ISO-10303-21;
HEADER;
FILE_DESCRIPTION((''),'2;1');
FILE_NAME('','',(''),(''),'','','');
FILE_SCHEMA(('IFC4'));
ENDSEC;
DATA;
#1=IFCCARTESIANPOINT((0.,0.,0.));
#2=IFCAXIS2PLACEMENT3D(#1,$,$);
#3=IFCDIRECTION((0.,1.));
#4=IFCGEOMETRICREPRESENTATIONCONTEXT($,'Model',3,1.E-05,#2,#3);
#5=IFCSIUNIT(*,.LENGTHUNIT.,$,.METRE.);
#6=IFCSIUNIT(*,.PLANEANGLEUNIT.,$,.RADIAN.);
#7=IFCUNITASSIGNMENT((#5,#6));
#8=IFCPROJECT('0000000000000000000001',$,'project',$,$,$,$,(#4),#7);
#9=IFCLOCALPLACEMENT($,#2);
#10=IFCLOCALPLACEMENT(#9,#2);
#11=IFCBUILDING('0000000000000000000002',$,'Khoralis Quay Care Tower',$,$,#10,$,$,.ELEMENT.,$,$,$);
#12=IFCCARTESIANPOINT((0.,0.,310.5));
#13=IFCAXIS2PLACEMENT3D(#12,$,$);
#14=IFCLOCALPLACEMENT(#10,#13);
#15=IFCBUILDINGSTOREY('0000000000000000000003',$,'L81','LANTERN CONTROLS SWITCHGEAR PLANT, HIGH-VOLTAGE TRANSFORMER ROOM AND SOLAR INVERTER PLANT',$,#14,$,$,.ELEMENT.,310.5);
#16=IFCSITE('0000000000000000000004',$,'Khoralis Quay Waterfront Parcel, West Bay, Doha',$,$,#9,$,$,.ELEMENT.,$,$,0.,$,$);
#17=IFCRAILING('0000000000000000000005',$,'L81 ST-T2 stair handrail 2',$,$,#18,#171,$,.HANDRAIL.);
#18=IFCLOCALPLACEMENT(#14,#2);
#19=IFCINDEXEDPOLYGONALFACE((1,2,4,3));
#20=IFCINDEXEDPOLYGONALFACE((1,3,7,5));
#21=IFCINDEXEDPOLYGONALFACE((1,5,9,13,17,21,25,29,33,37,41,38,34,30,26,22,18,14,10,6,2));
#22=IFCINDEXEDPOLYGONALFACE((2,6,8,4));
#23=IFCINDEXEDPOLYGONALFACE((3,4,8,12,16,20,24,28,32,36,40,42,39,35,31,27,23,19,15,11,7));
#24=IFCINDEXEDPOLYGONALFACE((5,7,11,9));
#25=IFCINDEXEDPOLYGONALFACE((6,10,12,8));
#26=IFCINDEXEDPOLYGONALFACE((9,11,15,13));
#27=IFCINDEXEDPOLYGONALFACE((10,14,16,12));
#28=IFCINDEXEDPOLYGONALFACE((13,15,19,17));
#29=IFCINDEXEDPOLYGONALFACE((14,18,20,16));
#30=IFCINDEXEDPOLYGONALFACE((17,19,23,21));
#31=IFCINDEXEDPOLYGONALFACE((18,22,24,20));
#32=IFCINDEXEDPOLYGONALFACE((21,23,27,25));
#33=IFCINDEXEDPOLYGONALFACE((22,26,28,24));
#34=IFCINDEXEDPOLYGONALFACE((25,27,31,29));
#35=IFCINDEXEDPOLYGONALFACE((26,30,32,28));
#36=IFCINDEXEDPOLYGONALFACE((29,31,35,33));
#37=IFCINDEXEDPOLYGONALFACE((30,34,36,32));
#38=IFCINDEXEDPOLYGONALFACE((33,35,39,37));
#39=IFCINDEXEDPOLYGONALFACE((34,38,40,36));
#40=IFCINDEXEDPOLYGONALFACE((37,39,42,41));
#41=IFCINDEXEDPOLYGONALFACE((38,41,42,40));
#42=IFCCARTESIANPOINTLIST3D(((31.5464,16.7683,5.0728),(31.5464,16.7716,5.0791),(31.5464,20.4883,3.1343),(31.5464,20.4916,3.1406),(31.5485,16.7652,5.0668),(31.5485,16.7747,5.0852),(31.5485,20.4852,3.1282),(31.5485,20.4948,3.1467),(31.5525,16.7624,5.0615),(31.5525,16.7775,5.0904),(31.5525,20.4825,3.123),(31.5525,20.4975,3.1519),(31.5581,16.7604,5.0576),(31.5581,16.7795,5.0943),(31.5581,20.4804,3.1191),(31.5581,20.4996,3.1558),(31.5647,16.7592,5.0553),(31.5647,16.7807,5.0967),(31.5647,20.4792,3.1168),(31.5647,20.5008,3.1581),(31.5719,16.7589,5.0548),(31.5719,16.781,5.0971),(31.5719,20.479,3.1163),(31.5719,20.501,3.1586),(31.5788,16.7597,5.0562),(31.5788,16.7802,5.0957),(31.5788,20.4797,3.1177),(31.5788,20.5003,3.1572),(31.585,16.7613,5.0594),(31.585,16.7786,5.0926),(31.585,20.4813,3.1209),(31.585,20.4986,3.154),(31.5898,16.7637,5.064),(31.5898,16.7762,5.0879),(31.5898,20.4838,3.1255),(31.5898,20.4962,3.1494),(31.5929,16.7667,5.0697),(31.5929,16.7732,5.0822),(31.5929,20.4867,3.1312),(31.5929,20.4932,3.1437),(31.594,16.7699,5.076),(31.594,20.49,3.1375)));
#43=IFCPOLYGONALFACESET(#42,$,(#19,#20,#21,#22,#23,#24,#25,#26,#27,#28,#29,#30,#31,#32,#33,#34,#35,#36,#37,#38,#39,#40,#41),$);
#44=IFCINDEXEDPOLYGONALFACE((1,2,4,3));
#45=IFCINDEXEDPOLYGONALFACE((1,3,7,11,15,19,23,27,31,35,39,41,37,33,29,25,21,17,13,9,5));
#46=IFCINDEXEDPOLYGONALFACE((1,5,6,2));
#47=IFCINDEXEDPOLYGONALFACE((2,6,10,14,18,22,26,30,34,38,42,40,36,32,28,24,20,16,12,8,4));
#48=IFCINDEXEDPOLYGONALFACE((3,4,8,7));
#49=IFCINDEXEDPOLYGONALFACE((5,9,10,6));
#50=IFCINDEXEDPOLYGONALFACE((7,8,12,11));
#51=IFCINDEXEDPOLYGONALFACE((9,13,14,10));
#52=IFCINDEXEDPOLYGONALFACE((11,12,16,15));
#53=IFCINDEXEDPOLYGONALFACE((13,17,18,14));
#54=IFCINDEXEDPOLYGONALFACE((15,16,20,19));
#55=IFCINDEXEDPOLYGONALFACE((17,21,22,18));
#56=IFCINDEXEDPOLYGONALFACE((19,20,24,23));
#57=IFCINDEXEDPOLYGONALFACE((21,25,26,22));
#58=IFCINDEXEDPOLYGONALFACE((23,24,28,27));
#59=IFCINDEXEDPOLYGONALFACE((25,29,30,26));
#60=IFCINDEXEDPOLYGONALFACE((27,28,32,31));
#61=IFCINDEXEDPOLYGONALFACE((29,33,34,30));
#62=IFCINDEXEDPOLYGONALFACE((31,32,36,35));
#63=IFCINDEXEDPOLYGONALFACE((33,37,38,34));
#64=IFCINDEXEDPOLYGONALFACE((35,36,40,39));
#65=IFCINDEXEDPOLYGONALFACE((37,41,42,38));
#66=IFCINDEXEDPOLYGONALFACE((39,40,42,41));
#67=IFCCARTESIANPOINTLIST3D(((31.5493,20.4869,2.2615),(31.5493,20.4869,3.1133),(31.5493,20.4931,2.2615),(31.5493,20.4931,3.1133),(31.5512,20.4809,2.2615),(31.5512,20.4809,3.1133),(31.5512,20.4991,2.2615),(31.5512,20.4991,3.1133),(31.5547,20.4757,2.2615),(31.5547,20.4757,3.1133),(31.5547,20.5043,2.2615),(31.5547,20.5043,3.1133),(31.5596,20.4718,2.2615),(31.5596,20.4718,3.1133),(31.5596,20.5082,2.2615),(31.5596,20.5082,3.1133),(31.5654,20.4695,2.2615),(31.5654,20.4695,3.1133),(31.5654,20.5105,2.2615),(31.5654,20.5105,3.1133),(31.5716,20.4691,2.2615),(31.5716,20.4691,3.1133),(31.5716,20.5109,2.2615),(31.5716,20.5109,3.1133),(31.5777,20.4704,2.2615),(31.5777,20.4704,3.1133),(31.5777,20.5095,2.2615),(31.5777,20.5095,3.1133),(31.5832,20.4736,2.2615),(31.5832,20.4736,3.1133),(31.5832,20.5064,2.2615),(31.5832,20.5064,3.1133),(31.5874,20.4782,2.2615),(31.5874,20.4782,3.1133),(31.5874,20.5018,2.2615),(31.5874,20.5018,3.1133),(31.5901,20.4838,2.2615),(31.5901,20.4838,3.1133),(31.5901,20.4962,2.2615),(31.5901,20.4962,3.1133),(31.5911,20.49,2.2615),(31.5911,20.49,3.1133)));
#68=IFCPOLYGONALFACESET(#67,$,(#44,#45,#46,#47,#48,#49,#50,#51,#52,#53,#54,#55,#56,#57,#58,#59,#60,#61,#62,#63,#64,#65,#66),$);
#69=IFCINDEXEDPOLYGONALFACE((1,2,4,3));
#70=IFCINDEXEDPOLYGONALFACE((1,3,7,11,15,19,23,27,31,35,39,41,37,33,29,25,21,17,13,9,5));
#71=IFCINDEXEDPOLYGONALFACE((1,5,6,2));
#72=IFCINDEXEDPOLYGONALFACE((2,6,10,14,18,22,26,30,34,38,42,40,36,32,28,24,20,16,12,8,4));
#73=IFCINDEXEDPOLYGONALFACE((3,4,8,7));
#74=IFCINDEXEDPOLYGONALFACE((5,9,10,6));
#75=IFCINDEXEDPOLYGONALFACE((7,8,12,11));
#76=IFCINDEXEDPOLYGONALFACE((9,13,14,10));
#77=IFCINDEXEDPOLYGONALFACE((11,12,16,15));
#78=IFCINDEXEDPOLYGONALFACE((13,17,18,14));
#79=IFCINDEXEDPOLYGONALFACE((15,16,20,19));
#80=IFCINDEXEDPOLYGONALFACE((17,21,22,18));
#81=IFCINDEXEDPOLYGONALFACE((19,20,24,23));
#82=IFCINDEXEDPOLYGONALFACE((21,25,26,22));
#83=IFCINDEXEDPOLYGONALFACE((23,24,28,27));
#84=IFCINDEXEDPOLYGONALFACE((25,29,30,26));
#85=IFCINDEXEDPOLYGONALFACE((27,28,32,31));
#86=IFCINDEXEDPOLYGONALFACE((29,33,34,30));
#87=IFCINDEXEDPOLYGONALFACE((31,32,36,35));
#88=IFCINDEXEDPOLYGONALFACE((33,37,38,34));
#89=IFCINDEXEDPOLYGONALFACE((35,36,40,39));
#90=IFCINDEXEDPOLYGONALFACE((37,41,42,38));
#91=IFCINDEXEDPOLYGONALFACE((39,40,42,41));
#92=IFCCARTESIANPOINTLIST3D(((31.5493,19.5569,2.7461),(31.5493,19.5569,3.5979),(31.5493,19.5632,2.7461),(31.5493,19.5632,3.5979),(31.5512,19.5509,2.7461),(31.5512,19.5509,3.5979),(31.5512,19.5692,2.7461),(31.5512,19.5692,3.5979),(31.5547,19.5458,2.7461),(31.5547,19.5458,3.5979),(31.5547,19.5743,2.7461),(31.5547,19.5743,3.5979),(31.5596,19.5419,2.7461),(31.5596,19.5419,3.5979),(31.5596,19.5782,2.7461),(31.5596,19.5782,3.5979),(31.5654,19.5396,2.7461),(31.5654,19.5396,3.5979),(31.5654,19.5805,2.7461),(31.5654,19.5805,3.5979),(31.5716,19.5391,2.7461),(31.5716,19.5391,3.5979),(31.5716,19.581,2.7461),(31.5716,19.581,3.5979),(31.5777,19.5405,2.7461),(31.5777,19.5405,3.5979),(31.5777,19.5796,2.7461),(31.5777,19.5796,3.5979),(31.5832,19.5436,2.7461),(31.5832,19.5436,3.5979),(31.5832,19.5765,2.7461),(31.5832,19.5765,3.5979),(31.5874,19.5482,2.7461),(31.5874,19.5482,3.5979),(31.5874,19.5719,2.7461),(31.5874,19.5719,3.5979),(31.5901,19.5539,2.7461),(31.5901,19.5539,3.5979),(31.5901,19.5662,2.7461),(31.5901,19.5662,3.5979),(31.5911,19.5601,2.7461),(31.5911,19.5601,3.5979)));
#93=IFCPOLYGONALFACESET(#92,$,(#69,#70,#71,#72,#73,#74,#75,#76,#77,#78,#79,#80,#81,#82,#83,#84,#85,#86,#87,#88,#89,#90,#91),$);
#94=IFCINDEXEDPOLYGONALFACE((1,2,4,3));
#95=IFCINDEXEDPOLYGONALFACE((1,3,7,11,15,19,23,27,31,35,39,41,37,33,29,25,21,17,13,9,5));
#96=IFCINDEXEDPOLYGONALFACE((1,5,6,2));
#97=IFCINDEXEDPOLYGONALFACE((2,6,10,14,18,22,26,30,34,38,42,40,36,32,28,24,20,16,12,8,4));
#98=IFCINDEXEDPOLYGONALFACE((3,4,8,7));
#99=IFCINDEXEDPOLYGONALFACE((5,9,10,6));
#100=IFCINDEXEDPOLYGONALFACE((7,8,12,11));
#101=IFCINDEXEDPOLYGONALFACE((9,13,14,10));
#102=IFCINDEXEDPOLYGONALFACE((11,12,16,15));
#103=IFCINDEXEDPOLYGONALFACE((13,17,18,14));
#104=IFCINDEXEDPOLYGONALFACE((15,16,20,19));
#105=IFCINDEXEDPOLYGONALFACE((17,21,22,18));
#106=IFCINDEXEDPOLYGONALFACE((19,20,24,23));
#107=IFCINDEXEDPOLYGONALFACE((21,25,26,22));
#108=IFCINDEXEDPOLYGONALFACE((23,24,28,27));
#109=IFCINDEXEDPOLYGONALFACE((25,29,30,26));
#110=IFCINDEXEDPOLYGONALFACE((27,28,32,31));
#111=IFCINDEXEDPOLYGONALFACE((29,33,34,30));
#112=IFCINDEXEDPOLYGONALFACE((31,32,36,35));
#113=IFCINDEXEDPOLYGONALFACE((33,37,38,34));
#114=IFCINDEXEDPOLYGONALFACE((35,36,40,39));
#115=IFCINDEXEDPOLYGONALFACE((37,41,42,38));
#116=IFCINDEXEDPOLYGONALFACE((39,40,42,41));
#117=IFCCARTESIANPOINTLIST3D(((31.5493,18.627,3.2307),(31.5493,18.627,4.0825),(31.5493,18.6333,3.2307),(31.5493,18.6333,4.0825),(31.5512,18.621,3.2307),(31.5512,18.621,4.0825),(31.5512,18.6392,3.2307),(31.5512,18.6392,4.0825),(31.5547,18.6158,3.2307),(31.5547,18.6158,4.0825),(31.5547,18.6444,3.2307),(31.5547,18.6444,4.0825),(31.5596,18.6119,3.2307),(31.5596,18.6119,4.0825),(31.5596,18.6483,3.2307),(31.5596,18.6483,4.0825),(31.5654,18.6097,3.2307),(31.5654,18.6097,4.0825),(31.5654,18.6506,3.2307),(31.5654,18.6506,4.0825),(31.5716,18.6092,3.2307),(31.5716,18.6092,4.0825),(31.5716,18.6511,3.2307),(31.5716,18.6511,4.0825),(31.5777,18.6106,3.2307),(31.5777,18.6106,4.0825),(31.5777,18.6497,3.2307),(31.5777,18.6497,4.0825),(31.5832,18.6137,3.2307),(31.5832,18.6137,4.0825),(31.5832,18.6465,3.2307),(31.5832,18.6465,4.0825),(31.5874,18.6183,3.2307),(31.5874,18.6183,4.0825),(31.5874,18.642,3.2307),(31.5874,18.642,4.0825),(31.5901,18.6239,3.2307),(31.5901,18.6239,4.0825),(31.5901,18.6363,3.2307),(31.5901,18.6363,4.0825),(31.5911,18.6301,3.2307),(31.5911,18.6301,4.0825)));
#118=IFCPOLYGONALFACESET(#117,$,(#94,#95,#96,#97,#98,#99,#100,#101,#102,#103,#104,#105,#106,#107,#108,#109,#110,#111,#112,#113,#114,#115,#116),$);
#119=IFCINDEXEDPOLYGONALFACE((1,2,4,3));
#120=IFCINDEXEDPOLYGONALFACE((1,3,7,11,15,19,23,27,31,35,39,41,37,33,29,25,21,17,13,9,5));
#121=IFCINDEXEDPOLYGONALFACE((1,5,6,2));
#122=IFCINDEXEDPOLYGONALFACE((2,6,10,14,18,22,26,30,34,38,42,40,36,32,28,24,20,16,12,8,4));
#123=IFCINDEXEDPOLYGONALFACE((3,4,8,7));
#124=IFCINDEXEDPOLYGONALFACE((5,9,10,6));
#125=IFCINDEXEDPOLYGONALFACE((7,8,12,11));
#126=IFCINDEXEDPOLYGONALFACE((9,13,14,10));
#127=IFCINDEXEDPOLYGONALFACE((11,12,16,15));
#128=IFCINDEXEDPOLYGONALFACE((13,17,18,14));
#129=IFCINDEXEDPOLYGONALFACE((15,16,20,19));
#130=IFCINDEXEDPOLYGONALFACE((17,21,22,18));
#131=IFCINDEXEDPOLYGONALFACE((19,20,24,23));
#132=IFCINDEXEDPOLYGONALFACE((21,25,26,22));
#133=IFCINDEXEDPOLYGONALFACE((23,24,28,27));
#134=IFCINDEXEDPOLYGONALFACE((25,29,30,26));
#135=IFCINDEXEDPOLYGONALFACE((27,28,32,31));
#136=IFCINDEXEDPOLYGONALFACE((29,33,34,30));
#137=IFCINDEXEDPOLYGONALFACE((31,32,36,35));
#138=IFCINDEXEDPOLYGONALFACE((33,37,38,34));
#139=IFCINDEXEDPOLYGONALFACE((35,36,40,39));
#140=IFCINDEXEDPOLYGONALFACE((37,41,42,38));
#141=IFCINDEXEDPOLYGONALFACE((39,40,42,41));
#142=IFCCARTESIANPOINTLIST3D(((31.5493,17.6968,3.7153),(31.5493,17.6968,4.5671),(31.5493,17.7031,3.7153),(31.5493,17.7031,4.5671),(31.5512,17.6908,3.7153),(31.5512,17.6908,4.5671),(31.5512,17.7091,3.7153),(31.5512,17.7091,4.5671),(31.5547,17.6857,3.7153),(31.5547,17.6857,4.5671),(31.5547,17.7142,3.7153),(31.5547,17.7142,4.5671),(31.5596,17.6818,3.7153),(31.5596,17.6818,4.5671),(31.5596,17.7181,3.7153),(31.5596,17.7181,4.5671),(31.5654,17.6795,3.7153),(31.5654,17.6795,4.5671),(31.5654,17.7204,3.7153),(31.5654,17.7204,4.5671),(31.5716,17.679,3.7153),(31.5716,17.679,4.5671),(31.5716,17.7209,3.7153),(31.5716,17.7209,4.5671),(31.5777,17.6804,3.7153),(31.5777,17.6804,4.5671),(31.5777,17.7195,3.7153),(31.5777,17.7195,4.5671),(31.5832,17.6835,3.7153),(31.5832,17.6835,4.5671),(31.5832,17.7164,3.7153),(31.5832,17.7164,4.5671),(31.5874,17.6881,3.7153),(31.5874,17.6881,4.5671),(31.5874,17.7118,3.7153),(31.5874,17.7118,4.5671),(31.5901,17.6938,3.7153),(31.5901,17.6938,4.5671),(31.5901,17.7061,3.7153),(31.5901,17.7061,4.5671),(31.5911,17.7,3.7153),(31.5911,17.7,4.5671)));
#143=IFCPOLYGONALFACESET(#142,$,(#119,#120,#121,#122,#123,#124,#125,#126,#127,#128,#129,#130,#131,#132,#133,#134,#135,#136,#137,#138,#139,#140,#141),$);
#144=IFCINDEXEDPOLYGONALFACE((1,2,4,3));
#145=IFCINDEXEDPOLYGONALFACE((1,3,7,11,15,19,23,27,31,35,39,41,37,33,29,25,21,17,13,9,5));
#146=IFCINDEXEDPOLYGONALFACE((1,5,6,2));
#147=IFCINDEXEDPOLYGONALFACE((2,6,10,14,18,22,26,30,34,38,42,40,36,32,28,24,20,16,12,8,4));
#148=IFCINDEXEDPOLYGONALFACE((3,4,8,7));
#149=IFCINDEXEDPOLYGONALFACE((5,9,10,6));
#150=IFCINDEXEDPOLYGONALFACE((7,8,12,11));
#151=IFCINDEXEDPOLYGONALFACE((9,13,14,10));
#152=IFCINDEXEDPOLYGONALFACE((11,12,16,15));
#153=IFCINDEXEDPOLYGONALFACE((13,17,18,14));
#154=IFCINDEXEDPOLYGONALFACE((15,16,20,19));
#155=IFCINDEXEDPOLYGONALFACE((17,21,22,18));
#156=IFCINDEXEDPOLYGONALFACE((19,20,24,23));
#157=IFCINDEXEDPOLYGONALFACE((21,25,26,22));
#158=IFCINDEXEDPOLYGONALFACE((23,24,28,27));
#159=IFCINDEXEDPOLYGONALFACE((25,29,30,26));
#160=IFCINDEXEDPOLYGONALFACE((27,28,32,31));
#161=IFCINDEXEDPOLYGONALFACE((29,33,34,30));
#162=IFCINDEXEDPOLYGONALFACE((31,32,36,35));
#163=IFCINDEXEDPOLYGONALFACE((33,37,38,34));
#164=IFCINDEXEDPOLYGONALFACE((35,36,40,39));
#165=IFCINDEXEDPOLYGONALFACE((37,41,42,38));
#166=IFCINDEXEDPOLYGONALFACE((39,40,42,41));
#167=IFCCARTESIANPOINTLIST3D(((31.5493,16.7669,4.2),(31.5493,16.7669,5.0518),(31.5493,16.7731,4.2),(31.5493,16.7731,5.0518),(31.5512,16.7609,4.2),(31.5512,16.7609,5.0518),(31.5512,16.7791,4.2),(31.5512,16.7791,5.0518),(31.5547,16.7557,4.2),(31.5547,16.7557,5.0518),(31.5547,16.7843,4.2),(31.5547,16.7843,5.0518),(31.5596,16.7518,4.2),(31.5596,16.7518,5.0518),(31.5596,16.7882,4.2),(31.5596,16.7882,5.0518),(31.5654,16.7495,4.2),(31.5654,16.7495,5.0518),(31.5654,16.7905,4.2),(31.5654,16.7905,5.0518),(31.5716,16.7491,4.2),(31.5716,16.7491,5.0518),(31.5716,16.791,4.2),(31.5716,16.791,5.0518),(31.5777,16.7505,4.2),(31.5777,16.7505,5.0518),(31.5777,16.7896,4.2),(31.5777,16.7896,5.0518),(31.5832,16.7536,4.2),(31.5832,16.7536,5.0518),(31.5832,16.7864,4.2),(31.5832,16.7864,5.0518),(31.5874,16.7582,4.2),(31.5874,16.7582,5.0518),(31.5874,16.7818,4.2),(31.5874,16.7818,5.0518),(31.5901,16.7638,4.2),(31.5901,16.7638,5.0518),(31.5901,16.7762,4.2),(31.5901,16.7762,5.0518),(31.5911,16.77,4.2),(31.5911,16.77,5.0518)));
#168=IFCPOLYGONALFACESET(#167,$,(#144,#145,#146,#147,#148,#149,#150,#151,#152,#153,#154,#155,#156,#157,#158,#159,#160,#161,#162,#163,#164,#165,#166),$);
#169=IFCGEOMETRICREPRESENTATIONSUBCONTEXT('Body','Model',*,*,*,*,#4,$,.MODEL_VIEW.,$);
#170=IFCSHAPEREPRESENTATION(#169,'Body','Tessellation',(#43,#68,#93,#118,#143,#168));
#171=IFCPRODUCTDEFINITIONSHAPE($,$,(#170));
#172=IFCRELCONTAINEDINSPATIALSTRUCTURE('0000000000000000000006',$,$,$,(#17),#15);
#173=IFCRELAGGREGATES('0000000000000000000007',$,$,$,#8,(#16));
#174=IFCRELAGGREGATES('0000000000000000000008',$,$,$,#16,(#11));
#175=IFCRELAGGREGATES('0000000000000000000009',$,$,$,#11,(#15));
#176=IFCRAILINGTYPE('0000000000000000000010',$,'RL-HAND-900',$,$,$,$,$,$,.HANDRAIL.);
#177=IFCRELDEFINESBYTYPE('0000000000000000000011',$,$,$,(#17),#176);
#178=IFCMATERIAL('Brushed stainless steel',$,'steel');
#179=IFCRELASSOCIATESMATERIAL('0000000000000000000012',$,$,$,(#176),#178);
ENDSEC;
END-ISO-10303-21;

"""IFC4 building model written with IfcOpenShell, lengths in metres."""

from ifc_helpers import new_model, si_unit, direction, frame, origin, origin_2d, place, context, subcontext, project, spatial, circle, extrude, material, type_object, element, save


model = new_model("IFC4")

# Units and contexts
model_context = context("Model", 3, precision=1e-05, world=origin(), true_north=direction((0.0, 1.0)))
body_context = subcontext(model_context, "Body", "Model", "MODEL_VIEW")
ifc_project = project(units=[si_unit("LENGTHUNIT", "METRE"), si_unit("PLANEANGLEUNIT", "RADIAN")], contexts=[model_context])

# Site, building, storey
site_placement = place(None, origin())
site = spatial("IfcSite", under=ifc_project, at=site_placement, Name="Khoralis Quay Waterfront Parcel, West Bay, Doha", CompositionType="ELEMENT", RefElevation=0.0)
building_placement = place(site_placement, origin())
building = spatial("IfcBuilding", under=site, at=building_placement, Name="Khoralis Quay Care Tower", CompositionType="ELEMENT")
storey_placement = place(building_placement, frame((0.0, 0.0, 310.5)))
storey = spatial("IfcBuildingStorey", under=building, at=storey_placement, Name="L81", Description="LANTERN CONTROLS SWITCHGEAR PLANT, HIGH-VOLTAGE TRANSFORMER ROOM AND SOLAR INVERTER PLANT", CompositionType="ELEMENT", Elevation=310.5)

# Railing
ifc_material_1 = material(Name="Brushed stainless steel", Category="steel")
railing_type_1 = type_object("IfcRailingType", Name="RL-HAND-900", PredefinedType="HANDRAIL", material=ifc_material_1)
railing_1_placement = place(storey_placement, frame((31.5701, 20.49, 2.2615)))
element("IfcRailing", 1, at=railing_1_placement, inside=storey, type_object=railing_type_1, Name="L81 ST-T2 stair handrail 2", PredefinedType="HANDRAIL", context=body_context, shape_type="SweptSolid", body=[
    extrude(circle(Radius=0.0239, at=origin_2d()), frame((0.0, 0.0, 0.876), z_axis=(0.0, -0.886817, 0.46212), x_axis=(1.0, 0.0, 0.0)), (0.0, 0.0, 1.0), 4.1948),
    extrude(circle(Radius=0.021, at=origin_2d()), origin(), (0.0, 0.0, 1.0), 0.8518),
    extrude(circle(Radius=0.021, at=origin_2d()), frame((0.0, -0.9299, 0.4846)), (0.0, 0.0, 1.0), 0.8518),
    extrude(circle(Radius=0.021, at=origin_2d()), frame((0.0, -1.8599, 0.9692)), (0.0, 0.0, 1.0), 0.8518),
    extrude(circle(Radius=0.021, at=origin_2d()), frame((0.0, -2.79, 1.4539)), (0.0, 0.0, 1.0), 0.8518),
    extrude(circle(Radius=0.021, at=origin_2d()), frame((0.0, -3.72, 1.9385)), (0.0, 0.0, 1.0), 0.8518),
])

save(model, "model.ifc")
